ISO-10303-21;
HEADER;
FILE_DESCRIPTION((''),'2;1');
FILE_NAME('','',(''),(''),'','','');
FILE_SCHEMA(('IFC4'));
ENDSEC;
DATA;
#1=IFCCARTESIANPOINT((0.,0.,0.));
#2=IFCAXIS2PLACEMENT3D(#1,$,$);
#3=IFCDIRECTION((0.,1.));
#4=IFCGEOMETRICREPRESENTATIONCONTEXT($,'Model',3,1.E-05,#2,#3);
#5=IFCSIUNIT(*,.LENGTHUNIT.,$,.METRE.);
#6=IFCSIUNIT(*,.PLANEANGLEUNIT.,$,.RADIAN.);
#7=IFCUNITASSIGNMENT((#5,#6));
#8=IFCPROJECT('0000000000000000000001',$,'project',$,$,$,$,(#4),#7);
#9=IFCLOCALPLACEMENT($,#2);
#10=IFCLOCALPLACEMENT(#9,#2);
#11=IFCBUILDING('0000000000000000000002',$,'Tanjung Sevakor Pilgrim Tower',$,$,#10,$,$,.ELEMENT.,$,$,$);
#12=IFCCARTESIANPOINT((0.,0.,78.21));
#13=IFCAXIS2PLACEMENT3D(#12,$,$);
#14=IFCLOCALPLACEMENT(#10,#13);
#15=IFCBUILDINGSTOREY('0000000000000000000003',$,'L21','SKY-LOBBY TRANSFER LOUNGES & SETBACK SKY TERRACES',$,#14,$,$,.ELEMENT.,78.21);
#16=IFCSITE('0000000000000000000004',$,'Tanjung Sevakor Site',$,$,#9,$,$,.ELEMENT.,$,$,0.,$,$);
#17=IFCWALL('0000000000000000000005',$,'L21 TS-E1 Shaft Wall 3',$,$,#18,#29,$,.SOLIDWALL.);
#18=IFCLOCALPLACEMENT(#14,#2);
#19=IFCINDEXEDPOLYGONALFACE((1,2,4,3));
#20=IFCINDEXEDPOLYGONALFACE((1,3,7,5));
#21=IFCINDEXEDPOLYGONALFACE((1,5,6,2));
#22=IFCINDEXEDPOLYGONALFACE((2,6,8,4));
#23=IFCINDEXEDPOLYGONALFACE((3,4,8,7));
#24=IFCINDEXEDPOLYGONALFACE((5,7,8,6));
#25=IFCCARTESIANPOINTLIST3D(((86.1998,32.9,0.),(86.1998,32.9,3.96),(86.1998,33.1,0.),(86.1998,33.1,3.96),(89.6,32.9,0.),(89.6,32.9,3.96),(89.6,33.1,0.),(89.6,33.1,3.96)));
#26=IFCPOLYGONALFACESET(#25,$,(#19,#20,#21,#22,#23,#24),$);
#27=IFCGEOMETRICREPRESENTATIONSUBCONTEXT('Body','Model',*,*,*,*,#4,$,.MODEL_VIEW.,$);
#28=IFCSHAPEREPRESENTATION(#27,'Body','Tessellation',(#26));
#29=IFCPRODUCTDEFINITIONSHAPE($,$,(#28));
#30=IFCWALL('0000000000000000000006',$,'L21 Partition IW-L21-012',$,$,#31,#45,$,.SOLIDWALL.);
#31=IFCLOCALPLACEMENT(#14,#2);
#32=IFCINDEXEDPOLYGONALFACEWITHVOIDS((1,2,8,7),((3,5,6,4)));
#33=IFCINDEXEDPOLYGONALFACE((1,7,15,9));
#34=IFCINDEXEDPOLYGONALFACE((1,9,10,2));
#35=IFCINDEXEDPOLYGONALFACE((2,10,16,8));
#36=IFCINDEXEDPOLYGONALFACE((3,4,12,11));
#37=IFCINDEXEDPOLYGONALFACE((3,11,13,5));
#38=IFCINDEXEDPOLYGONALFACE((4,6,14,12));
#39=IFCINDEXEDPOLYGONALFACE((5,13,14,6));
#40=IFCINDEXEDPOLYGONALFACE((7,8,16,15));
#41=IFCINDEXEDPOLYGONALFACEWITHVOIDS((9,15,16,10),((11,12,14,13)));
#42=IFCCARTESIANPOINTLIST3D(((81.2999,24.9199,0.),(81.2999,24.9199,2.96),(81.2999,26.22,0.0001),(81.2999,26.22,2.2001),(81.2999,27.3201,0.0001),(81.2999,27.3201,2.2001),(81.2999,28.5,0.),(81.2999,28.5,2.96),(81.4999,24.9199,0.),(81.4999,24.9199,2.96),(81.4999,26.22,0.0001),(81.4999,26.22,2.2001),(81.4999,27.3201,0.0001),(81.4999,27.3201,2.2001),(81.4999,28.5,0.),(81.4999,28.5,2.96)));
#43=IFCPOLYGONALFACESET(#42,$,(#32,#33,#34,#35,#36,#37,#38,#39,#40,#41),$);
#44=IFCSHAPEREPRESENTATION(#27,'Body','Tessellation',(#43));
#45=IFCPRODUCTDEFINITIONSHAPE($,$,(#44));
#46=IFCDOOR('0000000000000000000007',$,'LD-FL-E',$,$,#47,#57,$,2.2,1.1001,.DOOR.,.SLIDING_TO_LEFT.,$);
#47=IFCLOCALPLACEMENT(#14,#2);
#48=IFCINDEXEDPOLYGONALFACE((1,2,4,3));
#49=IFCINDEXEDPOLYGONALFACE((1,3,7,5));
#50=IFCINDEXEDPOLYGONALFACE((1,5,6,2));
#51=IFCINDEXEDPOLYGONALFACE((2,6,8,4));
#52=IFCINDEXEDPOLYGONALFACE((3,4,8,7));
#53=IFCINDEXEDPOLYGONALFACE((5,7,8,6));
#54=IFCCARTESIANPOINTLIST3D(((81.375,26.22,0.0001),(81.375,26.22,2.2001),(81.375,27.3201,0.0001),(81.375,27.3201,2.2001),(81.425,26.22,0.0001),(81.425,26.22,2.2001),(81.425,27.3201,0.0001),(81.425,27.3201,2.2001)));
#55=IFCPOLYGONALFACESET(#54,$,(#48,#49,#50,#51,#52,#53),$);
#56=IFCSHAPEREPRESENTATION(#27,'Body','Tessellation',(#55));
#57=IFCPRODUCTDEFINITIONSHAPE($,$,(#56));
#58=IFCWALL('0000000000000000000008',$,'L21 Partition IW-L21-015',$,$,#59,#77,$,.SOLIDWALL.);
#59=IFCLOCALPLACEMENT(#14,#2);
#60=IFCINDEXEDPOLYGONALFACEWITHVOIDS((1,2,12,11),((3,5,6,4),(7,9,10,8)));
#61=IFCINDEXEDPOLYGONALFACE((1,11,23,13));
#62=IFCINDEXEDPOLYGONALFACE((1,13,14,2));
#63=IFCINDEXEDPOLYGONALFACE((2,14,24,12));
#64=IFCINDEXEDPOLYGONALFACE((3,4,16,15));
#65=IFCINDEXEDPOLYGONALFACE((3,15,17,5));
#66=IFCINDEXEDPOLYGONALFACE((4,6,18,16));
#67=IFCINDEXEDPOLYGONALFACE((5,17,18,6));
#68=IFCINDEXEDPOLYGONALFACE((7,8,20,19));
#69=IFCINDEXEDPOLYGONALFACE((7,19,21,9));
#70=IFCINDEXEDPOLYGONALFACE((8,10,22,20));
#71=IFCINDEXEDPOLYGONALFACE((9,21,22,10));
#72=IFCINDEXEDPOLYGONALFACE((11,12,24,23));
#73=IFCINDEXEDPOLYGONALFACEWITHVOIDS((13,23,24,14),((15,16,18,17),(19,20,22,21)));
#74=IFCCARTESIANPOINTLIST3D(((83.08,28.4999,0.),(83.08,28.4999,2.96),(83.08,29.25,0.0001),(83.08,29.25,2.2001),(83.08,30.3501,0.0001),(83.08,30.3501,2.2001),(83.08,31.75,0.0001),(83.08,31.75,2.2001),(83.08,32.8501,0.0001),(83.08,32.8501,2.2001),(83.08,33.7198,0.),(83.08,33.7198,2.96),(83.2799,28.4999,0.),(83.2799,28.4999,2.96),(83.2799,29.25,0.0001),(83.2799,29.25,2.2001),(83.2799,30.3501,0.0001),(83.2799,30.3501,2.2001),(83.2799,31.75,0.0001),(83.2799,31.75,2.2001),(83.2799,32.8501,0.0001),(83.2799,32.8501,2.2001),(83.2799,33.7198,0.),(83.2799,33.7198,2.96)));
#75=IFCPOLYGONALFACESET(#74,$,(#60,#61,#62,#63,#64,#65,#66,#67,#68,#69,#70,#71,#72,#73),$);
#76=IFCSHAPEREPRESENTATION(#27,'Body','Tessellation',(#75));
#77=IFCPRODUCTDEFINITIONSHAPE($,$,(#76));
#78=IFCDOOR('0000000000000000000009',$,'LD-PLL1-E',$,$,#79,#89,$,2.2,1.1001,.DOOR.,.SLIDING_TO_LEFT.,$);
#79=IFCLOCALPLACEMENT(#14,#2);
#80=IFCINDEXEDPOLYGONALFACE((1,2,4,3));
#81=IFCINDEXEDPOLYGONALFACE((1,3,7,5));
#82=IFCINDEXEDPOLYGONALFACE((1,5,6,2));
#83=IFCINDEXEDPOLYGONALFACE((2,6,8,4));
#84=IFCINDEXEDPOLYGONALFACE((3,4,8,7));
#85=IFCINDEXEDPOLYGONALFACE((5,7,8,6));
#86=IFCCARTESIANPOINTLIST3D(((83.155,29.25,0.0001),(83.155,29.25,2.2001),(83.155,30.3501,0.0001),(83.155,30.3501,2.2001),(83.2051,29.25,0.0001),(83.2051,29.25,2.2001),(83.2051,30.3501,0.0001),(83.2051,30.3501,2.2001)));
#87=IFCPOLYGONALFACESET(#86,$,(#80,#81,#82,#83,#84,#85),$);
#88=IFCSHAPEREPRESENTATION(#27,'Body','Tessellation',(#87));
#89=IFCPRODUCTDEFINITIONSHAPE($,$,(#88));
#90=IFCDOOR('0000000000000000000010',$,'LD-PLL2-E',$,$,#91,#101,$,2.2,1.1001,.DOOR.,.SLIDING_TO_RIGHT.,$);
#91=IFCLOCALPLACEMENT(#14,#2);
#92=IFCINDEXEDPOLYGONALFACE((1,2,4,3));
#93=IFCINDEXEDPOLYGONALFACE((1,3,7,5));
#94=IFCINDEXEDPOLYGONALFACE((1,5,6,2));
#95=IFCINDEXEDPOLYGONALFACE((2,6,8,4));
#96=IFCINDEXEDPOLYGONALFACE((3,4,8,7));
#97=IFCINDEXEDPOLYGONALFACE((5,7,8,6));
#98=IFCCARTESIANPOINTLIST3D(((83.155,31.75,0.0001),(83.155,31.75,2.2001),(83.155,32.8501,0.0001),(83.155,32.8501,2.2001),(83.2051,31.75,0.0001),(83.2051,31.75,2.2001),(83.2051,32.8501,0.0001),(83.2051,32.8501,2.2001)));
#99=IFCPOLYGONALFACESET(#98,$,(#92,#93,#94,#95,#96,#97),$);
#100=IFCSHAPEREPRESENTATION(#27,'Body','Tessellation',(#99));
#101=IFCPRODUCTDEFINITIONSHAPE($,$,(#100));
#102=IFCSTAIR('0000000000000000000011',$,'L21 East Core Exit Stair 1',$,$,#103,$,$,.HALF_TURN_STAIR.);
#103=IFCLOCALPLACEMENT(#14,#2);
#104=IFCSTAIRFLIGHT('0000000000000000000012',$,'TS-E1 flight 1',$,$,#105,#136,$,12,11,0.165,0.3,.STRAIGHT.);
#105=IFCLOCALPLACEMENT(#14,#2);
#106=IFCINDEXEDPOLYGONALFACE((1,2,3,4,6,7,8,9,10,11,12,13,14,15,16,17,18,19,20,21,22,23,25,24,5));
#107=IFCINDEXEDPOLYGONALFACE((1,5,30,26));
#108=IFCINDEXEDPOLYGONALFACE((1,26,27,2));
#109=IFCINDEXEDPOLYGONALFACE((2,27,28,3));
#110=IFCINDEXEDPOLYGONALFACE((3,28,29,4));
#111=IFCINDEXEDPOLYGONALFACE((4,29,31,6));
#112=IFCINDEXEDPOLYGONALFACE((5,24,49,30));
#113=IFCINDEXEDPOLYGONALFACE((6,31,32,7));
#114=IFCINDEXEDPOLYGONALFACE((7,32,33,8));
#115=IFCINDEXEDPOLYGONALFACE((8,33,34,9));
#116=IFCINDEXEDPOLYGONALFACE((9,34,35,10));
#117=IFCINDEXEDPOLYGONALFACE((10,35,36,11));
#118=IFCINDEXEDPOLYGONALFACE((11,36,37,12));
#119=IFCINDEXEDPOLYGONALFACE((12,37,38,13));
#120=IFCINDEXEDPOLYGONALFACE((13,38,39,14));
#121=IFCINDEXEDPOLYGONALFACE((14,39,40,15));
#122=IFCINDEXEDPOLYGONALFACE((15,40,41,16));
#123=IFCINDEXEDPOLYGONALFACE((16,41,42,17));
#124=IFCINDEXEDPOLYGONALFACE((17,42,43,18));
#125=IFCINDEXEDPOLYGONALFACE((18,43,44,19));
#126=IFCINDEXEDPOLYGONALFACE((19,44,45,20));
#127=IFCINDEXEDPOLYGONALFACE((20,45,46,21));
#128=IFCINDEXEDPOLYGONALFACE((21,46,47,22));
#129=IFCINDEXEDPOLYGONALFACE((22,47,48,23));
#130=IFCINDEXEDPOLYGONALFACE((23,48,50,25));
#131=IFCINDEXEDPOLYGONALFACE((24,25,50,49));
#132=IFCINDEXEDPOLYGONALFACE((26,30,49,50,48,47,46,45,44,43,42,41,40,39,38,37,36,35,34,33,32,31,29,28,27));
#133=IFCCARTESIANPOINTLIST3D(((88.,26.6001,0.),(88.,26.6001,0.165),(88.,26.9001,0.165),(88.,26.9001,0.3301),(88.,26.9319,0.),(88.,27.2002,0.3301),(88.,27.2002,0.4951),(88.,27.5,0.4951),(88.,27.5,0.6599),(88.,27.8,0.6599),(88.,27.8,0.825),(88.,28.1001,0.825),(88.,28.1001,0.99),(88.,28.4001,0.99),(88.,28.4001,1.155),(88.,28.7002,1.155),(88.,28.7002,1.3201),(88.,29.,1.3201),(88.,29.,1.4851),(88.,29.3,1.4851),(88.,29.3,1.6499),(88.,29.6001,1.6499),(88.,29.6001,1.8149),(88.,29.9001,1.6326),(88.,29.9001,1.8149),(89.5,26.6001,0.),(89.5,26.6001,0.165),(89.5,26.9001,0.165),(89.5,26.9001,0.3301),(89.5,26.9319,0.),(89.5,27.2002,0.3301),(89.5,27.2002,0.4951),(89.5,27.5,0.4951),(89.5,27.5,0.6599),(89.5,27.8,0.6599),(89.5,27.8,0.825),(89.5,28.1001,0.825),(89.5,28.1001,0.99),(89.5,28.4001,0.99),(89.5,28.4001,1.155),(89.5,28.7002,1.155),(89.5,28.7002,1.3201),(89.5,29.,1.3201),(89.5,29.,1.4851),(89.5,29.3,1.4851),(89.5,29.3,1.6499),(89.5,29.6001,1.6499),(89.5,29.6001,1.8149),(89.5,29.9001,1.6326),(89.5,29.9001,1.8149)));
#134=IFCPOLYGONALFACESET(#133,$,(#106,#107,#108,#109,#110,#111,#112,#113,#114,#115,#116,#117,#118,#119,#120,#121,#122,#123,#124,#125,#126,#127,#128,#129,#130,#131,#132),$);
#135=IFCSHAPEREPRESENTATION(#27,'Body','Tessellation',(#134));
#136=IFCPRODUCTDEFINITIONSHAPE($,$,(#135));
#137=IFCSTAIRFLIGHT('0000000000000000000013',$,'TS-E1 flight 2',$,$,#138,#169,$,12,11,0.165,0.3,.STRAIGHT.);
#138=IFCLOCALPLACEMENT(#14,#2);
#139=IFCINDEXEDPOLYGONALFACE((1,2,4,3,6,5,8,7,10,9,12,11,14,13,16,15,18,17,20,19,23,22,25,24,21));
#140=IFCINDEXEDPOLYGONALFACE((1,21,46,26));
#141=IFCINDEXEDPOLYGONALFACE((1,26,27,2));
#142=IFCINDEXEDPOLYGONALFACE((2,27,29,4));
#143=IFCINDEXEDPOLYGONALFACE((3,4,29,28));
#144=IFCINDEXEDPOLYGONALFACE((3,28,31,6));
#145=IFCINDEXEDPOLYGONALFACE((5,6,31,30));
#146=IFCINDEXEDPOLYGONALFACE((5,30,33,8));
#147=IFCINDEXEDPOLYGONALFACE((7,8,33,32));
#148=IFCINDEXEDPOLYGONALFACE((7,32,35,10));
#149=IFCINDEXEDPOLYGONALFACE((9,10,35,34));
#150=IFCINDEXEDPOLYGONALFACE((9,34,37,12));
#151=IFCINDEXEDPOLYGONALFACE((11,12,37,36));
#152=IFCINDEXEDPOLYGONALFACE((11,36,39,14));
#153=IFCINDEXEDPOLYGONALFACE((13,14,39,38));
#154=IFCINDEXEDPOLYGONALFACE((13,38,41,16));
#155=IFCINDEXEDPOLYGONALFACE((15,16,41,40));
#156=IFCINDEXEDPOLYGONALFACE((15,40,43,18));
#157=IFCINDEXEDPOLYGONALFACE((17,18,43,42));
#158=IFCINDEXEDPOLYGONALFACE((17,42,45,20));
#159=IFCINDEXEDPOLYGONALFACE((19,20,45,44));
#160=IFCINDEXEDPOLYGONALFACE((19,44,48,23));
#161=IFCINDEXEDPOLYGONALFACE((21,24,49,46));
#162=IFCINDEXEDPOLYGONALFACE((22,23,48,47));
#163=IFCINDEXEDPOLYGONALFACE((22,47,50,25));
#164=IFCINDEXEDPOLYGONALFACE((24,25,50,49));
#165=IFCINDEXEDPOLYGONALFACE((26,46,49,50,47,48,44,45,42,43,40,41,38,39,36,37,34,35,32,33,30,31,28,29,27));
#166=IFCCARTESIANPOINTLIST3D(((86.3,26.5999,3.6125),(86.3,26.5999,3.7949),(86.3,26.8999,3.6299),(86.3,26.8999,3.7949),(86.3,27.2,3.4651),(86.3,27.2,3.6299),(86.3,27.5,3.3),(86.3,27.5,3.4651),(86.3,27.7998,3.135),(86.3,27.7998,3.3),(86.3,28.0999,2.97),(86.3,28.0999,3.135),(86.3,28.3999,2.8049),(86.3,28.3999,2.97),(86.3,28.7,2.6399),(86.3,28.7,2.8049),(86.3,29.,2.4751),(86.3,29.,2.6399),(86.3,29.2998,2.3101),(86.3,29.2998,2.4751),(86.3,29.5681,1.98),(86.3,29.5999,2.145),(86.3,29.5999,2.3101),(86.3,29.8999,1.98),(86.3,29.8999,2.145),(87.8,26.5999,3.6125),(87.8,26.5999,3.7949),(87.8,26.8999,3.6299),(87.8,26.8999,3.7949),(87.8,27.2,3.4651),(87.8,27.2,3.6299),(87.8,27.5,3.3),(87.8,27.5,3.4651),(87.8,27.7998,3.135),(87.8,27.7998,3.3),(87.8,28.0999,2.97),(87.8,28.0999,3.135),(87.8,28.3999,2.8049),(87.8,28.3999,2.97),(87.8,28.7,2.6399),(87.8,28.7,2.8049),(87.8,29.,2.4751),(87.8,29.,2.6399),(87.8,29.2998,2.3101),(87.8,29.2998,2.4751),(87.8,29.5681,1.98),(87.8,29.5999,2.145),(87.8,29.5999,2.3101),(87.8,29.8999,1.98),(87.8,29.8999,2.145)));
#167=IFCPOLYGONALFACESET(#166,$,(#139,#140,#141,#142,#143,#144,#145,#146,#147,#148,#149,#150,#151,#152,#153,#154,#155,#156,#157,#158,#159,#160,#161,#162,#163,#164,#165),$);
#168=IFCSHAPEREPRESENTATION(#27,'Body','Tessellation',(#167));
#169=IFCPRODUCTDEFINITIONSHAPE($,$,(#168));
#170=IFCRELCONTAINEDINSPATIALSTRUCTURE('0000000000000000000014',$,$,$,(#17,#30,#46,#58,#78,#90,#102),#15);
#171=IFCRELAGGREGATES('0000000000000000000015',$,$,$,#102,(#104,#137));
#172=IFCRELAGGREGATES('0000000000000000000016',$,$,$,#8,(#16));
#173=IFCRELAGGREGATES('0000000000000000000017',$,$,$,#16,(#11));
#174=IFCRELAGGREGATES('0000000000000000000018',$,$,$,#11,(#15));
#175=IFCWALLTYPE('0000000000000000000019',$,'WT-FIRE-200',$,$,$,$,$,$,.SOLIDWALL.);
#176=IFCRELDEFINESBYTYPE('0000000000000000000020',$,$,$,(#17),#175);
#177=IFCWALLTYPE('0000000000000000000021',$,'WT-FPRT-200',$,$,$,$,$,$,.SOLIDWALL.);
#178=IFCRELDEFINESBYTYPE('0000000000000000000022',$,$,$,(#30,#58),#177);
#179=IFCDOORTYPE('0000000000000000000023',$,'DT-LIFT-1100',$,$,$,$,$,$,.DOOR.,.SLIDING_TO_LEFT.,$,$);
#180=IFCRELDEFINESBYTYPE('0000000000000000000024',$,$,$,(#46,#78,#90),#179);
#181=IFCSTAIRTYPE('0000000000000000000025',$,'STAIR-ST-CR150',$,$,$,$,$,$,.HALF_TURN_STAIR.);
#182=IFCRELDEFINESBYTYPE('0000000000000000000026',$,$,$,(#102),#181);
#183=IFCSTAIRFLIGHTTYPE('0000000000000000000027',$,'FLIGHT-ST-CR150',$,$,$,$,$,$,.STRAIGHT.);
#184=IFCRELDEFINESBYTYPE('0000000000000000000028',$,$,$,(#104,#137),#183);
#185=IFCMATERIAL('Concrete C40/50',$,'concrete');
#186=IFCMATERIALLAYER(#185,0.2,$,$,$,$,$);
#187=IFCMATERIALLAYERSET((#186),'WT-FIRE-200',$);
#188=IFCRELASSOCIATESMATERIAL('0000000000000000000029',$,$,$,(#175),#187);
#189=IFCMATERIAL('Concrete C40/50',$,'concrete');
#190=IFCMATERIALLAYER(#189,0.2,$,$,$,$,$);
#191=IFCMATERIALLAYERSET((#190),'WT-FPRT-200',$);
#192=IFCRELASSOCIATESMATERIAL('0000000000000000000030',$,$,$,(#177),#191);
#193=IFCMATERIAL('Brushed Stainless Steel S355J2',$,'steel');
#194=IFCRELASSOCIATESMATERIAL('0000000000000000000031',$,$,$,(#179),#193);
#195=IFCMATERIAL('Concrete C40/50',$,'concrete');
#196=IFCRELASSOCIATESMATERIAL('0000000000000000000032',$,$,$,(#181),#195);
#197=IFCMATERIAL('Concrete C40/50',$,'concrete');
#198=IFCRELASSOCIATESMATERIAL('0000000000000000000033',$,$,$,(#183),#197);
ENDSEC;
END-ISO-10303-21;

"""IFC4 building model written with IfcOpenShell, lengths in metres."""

from ifc_helpers import new_model, si_unit, direction, frame, frame_2d, origin, place, context, subcontext, project, spatial, polyline, rectangle, outline, extrude, material, layer, layer_set, type_object, element, fill, aggregate, save


model = new_model("IFC4")

# Units and contexts
model_context = context("Model", 3, precision=1e-05, world=origin(), true_north=direction((0.0, 1.0)))
body_context = subcontext(model_context, "Body", "Model", "MODEL_VIEW")
ifc_project = project(units=[si_unit("LENGTHUNIT", "METRE"), si_unit("PLANEANGLEUNIT", "RADIAN")], contexts=[model_context])

# Site, building, storey
site_placement = place(None, origin())
site = spatial("IfcSite", under=ifc_project, at=site_placement, Name="Tanjung Sevakor Site", CompositionType="ELEMENT", RefElevation=0.0)
building_placement = place(site_placement, origin())
building = spatial("IfcBuilding", under=site, at=building_placement, Name="Tanjung Sevakor Pilgrim Tower", CompositionType="ELEMENT")
storey_placement = place(building_placement, frame((0.0, 0.0, 78.21)))
storey = spatial("IfcBuildingStorey", under=building, at=storey_placement, Name="L21", Description="SKY-LOBBY TRANSFER LOUNGES & SETBACK SKY TERRACES", CompositionType="ELEMENT", Elevation=78.21)

# Wall
ifc_material_1 = material(Name="Concrete C40/50", Category="concrete")
ifc_layer_1 = layer(ifc_material_1, 0.2)
ifc_layer_set_1 = layer_set([ifc_layer_1], Name="WT-FIRE-200")
wall_type_1 = type_object("IfcWallType", Name="WT-FIRE-200", PredefinedType="SOLIDWALL", material=ifc_layer_set_1)
wall_1_placement = place(storey_placement, frame((89.6001, 33.0, 0.0), z_axis=(0.0, 0.0, 1.0), x_axis=(-1.0, 0.0, 0.0)))
element("IfcWall", 1, at=wall_1_placement, inside=storey, type_object=wall_type_1, Name="L21 TS-E1 Shaft Wall 3", PredefinedType="SOLIDWALL", context=body_context, shape_type="SweptSolid", body=[
    extrude(rectangle(XDim=3.4001, YDim=0.2, at=frame_2d((1.7002, 0.0))), origin(), (0.0, 0.0, 1.0), 3.96),
])

# Wall, opening, door
ifc_material_2 = material(Name="Concrete C40/50", Category="concrete")
ifc_layer_2 = layer(ifc_material_2, 0.2)
ifc_layer_set_2 = layer_set([ifc_layer_2], Name="WT-FPRT-200")
wall_type_2 = type_object("IfcWallType", Name="WT-FPRT-200", PredefinedType="SOLIDWALL", material=ifc_layer_set_2)
wall_2_placement = place(storey_placement, frame((81.3999, 24.9199, 0.0), z_axis=(0.0, 0.0, 1.0), x_axis=(0.0, 1.0, 0.0)))
wall_2 = element("IfcWall", 2, at=wall_2_placement, inside=storey, type_object=wall_type_2, Name="L21 Partition IW-L21-012", PredefinedType="SOLIDWALL", context=body_context, shape_type="SweptSolid", body=[
    extrude(rectangle(XDim=3.5801, YDim=0.2, at=frame_2d((1.79, 0.0))), origin(), (0.0, 0.0, 1.0), 2.96),
])
opening_1_placement = place(wall_2_placement, frame((1.3, 0.0, 0.0)))
opening_1 = element("IfcOpeningElement", 3, at=opening_1_placement, cuts=wall_2, PredefinedType="OPENING", context=body_context, shape_type="SweptSolid", body=[
    extrude(rectangle(XDim=1.1001, YDim=2.2, at=frame_2d((0.55, 1.1001))), frame((0.0, 0.1099, 0.0), z_axis=(0.0, -1.0, 0.0), x_axis=(1.0, 0.0, 0.0)), (0.0, 0.0, 1.0), 0.22),
])
ifc_material_3 = material(Name="Brushed Stainless Steel S355J2", Category="steel")
door_type_1 = type_object("IfcDoorType", Name="DT-LIFT-1100", OperationType="SLIDING_TO_LEFT", PredefinedType="DOOR", material=ifc_material_3)
door_1_placement = place(opening_1_placement, origin())
door_1 = element("IfcDoor", 4, at=door_1_placement, inside=storey, type_object=door_type_1, Name="LD-FL-E", OperationType="SLIDING_TO_LEFT", OverallHeight=2.2, OverallWidth=1.1001, PredefinedType="DOOR", context=body_context, shape_type="SweptSolid", body=[
    extrude(rectangle(XDim=1.1001, YDim=2.2, at=frame_2d((0.55, 1.1001))), frame((0.0, 0.0249, 0.0), z_axis=(0.0, -1.0, 0.0), x_axis=(1.0, 0.0, 0.0)), (0.0, 0.0, 1.0), 0.05),
])
fill(opening_1, door_1)

# Wall, openings, doors
wall_3_placement = place(storey_placement, frame((83.1799, 28.5, 0.0), z_axis=(0.0, 0.0, 1.0), x_axis=(0.0, 1.0, 0.0)))
wall_3 = element("IfcWall", 5, at=wall_3_placement, inside=storey, type_object=wall_type_2, Name="L21 Partition IW-L21-015", PredefinedType="SOLIDWALL", context=body_context, shape_type="SweptSolid", body=[
    extrude(rectangle(XDim=5.22, YDim=0.2, at=frame_2d((2.6099, 0.0))), origin(), (0.0, 0.0, 1.0), 2.96),
])
opening_2_placement = place(wall_3_placement, frame((0.75, 0.0, 0.0)))
opening_2 = element("IfcOpeningElement", 6, at=opening_2_placement, cuts=wall_3, PredefinedType="OPENING", context=body_context, shape_type="SweptSolid", body=[
    extrude(rectangle(XDim=1.1001, YDim=2.2, at=frame_2d((0.55, 1.1001))), frame((0.0, 0.1099, 0.0), z_axis=(0.0, -1.0, 0.0), x_axis=(1.0, 0.0, 0.0)), (0.0, 0.0, 1.0), 0.22),
])
opening_3_placement = place(wall_3_placement, frame((3.25, 0.0, 0.0)))
opening_3 = element("IfcOpeningElement", 7, at=opening_3_placement, cuts=wall_3, PredefinedType="OPENING", context=body_context, shape_type="SweptSolid", body=[
    extrude(rectangle(XDim=1.1001, YDim=2.2, at=frame_2d((0.55, 1.1001))), frame((0.0, 0.1099, 0.0), z_axis=(0.0, -1.0, 0.0), x_axis=(1.0, 0.0, 0.0)), (0.0, 0.0, 1.0), 0.22),
])
door_2_placement = place(opening_2_placement, origin())
door_2 = element("IfcDoor", 8, at=door_2_placement, inside=storey, type_object=door_type_1, Name="LD-PLL1-E", OperationType="SLIDING_TO_LEFT", OverallHeight=2.2, OverallWidth=1.1001, PredefinedType="DOOR", context=body_context, shape_type="SweptSolid", body=[
    extrude(rectangle(XDim=1.1001, YDim=2.2, at=frame_2d((0.55, 1.1001))), frame((0.0, 0.0249, 0.0), z_axis=(0.0, -1.0, 0.0), x_axis=(1.0, 0.0, 0.0)), (0.0, 0.0, 1.0), 0.05),
])
fill(opening_2, door_2)
door_3_placement = place(opening_3_placement, origin())
door_3 = element("IfcDoor", 9, at=door_3_placement, inside=storey, type_object=door_type_1, Name="LD-PLL2-E", OperationType="SLIDING_TO_RIGHT", OverallHeight=2.2, OverallWidth=1.1001, PredefinedType="DOOR", context=body_context, shape_type="SweptSolid", body=[
    extrude(rectangle(XDim=1.1001, YDim=2.2, at=frame_2d((0.55, 1.1001))), frame((0.0, 0.0249, 0.0), z_axis=(0.0, -1.0, 0.0), x_axis=(1.0, 0.0, 0.0)), (0.0, 0.0, 1.0), 0.05),
])
fill(opening_3, door_3)

# Stair, stair flights
ifc_material_4 = material(Name="Concrete C40/50", Category="concrete")
stair_type = type_object("IfcStairType", Name="STAIR-ST-CR150", PredefinedType="HALF_TURN_STAIR", material=ifc_material_4)
stair_placement = place(storey_placement, origin())
stair = element("IfcStair", 10, at=stair_placement, inside=storey, type_object=stair_type, Name="L21 East Core Exit Stair 1", PredefinedType="HALF_TURN_STAIR")
ifc_material_5 = material(Name="Concrete C40/50", Category="concrete")
stair_flight_type = type_object("IfcStairFlightType", Name="FLIGHT-ST-CR150", PredefinedType="STRAIGHT", material=ifc_material_5)
stair_flight_1_placement = place(storey_placement, frame((88.75, 26.6001, 0.0), z_axis=(0.0, 0.0, 1.0), x_axis=(0.0, 1.0, 0.0)))
stair_flight_1 = element("IfcStairFlight", 11, at=stair_flight_1_placement, type_object=stair_flight_type, Name="TS-E1 flight 1", NumberOfRisers=12, NumberOfTreads=11, PredefinedType="STRAIGHT", RiserHeight=0.165, TreadLength=0.3, context=body_context, shape_type="SweptSolid", body=[
    extrude(outline(polyline([(0.0, 0.0), (0.0, 0.165), (0.3, 0.165), (0.3, 0.3301), (0.6001, 0.3301), (0.6001, 0.4951), (0.8999, 0.4951), (0.8999, 0.6599), (1.2, 0.6599), (1.2, 0.825), (1.5, 0.825), (1.5, 0.99), (1.8, 0.99), (1.8, 1.155), (2.1001, 1.155), (2.1001, 1.3201), (2.3999, 1.3201), (2.3999, 1.4851), (2.7, 1.4851), (2.7, 1.6499), (3.0, 1.6499), (3.0, 1.8149), (3.3, 1.8149), (3.3, 1.98), (3.3, 1.6326), (0.3318, 0.0), (0.0, 0.0)])), frame((0.0, 0.75, 0.0), z_axis=(0.0, -1.0, 0.0), x_axis=(1.0, 0.0, 0.0)), (0.0, 0.0, 1.0), 1.5),
])
stair_flight_2_placement = place(storey_placement, frame((87.05, 29.8999, 1.98), z_axis=(0.0, 0.0, 1.0), x_axis=(0.0, -1.0, 0.0)))
stair_flight_2 = element("IfcStairFlight", 12, at=stair_flight_2_placement, type_object=stair_flight_type, Name="TS-E1 flight 2", NumberOfRisers=12, NumberOfTreads=11, PredefinedType="STRAIGHT", RiserHeight=0.165, TreadLength=0.3, context=body_context, shape_type="SweptSolid", body=[
    extrude(outline(polyline([(0.0, 0.0), (0.0, 0.165), (0.3, 0.165), (0.3, 0.3301), (0.6001, 0.3301), (0.6001, 0.4951), (0.8999, 0.4951), (0.8999, 0.6599), (1.2, 0.6599), (1.2, 0.825), (1.5, 0.825), (1.5, 0.99), (1.8, 0.99), (1.8, 1.155), (2.1001, 1.155), (2.1001, 1.3201), (2.3999, 1.3201), (2.3999, 1.4851), (2.7, 1.4851), (2.7, 1.6499), (3.0, 1.6499), (3.0, 1.8149), (3.3, 1.8149), (3.3, 1.98), (3.3, 1.6326), (0.3318, 0.0), (0.0, 0.0)])), frame((0.0, 0.75, 0.0), z_axis=(0.0, -1.0, 0.0), x_axis=(1.0, 0.0, 0.0)), (0.0, 0.0, 1.0), 1.5),
])
aggregate(stair, [stair_flight_1, stair_flight_2])

save(model, "model.ifc")
